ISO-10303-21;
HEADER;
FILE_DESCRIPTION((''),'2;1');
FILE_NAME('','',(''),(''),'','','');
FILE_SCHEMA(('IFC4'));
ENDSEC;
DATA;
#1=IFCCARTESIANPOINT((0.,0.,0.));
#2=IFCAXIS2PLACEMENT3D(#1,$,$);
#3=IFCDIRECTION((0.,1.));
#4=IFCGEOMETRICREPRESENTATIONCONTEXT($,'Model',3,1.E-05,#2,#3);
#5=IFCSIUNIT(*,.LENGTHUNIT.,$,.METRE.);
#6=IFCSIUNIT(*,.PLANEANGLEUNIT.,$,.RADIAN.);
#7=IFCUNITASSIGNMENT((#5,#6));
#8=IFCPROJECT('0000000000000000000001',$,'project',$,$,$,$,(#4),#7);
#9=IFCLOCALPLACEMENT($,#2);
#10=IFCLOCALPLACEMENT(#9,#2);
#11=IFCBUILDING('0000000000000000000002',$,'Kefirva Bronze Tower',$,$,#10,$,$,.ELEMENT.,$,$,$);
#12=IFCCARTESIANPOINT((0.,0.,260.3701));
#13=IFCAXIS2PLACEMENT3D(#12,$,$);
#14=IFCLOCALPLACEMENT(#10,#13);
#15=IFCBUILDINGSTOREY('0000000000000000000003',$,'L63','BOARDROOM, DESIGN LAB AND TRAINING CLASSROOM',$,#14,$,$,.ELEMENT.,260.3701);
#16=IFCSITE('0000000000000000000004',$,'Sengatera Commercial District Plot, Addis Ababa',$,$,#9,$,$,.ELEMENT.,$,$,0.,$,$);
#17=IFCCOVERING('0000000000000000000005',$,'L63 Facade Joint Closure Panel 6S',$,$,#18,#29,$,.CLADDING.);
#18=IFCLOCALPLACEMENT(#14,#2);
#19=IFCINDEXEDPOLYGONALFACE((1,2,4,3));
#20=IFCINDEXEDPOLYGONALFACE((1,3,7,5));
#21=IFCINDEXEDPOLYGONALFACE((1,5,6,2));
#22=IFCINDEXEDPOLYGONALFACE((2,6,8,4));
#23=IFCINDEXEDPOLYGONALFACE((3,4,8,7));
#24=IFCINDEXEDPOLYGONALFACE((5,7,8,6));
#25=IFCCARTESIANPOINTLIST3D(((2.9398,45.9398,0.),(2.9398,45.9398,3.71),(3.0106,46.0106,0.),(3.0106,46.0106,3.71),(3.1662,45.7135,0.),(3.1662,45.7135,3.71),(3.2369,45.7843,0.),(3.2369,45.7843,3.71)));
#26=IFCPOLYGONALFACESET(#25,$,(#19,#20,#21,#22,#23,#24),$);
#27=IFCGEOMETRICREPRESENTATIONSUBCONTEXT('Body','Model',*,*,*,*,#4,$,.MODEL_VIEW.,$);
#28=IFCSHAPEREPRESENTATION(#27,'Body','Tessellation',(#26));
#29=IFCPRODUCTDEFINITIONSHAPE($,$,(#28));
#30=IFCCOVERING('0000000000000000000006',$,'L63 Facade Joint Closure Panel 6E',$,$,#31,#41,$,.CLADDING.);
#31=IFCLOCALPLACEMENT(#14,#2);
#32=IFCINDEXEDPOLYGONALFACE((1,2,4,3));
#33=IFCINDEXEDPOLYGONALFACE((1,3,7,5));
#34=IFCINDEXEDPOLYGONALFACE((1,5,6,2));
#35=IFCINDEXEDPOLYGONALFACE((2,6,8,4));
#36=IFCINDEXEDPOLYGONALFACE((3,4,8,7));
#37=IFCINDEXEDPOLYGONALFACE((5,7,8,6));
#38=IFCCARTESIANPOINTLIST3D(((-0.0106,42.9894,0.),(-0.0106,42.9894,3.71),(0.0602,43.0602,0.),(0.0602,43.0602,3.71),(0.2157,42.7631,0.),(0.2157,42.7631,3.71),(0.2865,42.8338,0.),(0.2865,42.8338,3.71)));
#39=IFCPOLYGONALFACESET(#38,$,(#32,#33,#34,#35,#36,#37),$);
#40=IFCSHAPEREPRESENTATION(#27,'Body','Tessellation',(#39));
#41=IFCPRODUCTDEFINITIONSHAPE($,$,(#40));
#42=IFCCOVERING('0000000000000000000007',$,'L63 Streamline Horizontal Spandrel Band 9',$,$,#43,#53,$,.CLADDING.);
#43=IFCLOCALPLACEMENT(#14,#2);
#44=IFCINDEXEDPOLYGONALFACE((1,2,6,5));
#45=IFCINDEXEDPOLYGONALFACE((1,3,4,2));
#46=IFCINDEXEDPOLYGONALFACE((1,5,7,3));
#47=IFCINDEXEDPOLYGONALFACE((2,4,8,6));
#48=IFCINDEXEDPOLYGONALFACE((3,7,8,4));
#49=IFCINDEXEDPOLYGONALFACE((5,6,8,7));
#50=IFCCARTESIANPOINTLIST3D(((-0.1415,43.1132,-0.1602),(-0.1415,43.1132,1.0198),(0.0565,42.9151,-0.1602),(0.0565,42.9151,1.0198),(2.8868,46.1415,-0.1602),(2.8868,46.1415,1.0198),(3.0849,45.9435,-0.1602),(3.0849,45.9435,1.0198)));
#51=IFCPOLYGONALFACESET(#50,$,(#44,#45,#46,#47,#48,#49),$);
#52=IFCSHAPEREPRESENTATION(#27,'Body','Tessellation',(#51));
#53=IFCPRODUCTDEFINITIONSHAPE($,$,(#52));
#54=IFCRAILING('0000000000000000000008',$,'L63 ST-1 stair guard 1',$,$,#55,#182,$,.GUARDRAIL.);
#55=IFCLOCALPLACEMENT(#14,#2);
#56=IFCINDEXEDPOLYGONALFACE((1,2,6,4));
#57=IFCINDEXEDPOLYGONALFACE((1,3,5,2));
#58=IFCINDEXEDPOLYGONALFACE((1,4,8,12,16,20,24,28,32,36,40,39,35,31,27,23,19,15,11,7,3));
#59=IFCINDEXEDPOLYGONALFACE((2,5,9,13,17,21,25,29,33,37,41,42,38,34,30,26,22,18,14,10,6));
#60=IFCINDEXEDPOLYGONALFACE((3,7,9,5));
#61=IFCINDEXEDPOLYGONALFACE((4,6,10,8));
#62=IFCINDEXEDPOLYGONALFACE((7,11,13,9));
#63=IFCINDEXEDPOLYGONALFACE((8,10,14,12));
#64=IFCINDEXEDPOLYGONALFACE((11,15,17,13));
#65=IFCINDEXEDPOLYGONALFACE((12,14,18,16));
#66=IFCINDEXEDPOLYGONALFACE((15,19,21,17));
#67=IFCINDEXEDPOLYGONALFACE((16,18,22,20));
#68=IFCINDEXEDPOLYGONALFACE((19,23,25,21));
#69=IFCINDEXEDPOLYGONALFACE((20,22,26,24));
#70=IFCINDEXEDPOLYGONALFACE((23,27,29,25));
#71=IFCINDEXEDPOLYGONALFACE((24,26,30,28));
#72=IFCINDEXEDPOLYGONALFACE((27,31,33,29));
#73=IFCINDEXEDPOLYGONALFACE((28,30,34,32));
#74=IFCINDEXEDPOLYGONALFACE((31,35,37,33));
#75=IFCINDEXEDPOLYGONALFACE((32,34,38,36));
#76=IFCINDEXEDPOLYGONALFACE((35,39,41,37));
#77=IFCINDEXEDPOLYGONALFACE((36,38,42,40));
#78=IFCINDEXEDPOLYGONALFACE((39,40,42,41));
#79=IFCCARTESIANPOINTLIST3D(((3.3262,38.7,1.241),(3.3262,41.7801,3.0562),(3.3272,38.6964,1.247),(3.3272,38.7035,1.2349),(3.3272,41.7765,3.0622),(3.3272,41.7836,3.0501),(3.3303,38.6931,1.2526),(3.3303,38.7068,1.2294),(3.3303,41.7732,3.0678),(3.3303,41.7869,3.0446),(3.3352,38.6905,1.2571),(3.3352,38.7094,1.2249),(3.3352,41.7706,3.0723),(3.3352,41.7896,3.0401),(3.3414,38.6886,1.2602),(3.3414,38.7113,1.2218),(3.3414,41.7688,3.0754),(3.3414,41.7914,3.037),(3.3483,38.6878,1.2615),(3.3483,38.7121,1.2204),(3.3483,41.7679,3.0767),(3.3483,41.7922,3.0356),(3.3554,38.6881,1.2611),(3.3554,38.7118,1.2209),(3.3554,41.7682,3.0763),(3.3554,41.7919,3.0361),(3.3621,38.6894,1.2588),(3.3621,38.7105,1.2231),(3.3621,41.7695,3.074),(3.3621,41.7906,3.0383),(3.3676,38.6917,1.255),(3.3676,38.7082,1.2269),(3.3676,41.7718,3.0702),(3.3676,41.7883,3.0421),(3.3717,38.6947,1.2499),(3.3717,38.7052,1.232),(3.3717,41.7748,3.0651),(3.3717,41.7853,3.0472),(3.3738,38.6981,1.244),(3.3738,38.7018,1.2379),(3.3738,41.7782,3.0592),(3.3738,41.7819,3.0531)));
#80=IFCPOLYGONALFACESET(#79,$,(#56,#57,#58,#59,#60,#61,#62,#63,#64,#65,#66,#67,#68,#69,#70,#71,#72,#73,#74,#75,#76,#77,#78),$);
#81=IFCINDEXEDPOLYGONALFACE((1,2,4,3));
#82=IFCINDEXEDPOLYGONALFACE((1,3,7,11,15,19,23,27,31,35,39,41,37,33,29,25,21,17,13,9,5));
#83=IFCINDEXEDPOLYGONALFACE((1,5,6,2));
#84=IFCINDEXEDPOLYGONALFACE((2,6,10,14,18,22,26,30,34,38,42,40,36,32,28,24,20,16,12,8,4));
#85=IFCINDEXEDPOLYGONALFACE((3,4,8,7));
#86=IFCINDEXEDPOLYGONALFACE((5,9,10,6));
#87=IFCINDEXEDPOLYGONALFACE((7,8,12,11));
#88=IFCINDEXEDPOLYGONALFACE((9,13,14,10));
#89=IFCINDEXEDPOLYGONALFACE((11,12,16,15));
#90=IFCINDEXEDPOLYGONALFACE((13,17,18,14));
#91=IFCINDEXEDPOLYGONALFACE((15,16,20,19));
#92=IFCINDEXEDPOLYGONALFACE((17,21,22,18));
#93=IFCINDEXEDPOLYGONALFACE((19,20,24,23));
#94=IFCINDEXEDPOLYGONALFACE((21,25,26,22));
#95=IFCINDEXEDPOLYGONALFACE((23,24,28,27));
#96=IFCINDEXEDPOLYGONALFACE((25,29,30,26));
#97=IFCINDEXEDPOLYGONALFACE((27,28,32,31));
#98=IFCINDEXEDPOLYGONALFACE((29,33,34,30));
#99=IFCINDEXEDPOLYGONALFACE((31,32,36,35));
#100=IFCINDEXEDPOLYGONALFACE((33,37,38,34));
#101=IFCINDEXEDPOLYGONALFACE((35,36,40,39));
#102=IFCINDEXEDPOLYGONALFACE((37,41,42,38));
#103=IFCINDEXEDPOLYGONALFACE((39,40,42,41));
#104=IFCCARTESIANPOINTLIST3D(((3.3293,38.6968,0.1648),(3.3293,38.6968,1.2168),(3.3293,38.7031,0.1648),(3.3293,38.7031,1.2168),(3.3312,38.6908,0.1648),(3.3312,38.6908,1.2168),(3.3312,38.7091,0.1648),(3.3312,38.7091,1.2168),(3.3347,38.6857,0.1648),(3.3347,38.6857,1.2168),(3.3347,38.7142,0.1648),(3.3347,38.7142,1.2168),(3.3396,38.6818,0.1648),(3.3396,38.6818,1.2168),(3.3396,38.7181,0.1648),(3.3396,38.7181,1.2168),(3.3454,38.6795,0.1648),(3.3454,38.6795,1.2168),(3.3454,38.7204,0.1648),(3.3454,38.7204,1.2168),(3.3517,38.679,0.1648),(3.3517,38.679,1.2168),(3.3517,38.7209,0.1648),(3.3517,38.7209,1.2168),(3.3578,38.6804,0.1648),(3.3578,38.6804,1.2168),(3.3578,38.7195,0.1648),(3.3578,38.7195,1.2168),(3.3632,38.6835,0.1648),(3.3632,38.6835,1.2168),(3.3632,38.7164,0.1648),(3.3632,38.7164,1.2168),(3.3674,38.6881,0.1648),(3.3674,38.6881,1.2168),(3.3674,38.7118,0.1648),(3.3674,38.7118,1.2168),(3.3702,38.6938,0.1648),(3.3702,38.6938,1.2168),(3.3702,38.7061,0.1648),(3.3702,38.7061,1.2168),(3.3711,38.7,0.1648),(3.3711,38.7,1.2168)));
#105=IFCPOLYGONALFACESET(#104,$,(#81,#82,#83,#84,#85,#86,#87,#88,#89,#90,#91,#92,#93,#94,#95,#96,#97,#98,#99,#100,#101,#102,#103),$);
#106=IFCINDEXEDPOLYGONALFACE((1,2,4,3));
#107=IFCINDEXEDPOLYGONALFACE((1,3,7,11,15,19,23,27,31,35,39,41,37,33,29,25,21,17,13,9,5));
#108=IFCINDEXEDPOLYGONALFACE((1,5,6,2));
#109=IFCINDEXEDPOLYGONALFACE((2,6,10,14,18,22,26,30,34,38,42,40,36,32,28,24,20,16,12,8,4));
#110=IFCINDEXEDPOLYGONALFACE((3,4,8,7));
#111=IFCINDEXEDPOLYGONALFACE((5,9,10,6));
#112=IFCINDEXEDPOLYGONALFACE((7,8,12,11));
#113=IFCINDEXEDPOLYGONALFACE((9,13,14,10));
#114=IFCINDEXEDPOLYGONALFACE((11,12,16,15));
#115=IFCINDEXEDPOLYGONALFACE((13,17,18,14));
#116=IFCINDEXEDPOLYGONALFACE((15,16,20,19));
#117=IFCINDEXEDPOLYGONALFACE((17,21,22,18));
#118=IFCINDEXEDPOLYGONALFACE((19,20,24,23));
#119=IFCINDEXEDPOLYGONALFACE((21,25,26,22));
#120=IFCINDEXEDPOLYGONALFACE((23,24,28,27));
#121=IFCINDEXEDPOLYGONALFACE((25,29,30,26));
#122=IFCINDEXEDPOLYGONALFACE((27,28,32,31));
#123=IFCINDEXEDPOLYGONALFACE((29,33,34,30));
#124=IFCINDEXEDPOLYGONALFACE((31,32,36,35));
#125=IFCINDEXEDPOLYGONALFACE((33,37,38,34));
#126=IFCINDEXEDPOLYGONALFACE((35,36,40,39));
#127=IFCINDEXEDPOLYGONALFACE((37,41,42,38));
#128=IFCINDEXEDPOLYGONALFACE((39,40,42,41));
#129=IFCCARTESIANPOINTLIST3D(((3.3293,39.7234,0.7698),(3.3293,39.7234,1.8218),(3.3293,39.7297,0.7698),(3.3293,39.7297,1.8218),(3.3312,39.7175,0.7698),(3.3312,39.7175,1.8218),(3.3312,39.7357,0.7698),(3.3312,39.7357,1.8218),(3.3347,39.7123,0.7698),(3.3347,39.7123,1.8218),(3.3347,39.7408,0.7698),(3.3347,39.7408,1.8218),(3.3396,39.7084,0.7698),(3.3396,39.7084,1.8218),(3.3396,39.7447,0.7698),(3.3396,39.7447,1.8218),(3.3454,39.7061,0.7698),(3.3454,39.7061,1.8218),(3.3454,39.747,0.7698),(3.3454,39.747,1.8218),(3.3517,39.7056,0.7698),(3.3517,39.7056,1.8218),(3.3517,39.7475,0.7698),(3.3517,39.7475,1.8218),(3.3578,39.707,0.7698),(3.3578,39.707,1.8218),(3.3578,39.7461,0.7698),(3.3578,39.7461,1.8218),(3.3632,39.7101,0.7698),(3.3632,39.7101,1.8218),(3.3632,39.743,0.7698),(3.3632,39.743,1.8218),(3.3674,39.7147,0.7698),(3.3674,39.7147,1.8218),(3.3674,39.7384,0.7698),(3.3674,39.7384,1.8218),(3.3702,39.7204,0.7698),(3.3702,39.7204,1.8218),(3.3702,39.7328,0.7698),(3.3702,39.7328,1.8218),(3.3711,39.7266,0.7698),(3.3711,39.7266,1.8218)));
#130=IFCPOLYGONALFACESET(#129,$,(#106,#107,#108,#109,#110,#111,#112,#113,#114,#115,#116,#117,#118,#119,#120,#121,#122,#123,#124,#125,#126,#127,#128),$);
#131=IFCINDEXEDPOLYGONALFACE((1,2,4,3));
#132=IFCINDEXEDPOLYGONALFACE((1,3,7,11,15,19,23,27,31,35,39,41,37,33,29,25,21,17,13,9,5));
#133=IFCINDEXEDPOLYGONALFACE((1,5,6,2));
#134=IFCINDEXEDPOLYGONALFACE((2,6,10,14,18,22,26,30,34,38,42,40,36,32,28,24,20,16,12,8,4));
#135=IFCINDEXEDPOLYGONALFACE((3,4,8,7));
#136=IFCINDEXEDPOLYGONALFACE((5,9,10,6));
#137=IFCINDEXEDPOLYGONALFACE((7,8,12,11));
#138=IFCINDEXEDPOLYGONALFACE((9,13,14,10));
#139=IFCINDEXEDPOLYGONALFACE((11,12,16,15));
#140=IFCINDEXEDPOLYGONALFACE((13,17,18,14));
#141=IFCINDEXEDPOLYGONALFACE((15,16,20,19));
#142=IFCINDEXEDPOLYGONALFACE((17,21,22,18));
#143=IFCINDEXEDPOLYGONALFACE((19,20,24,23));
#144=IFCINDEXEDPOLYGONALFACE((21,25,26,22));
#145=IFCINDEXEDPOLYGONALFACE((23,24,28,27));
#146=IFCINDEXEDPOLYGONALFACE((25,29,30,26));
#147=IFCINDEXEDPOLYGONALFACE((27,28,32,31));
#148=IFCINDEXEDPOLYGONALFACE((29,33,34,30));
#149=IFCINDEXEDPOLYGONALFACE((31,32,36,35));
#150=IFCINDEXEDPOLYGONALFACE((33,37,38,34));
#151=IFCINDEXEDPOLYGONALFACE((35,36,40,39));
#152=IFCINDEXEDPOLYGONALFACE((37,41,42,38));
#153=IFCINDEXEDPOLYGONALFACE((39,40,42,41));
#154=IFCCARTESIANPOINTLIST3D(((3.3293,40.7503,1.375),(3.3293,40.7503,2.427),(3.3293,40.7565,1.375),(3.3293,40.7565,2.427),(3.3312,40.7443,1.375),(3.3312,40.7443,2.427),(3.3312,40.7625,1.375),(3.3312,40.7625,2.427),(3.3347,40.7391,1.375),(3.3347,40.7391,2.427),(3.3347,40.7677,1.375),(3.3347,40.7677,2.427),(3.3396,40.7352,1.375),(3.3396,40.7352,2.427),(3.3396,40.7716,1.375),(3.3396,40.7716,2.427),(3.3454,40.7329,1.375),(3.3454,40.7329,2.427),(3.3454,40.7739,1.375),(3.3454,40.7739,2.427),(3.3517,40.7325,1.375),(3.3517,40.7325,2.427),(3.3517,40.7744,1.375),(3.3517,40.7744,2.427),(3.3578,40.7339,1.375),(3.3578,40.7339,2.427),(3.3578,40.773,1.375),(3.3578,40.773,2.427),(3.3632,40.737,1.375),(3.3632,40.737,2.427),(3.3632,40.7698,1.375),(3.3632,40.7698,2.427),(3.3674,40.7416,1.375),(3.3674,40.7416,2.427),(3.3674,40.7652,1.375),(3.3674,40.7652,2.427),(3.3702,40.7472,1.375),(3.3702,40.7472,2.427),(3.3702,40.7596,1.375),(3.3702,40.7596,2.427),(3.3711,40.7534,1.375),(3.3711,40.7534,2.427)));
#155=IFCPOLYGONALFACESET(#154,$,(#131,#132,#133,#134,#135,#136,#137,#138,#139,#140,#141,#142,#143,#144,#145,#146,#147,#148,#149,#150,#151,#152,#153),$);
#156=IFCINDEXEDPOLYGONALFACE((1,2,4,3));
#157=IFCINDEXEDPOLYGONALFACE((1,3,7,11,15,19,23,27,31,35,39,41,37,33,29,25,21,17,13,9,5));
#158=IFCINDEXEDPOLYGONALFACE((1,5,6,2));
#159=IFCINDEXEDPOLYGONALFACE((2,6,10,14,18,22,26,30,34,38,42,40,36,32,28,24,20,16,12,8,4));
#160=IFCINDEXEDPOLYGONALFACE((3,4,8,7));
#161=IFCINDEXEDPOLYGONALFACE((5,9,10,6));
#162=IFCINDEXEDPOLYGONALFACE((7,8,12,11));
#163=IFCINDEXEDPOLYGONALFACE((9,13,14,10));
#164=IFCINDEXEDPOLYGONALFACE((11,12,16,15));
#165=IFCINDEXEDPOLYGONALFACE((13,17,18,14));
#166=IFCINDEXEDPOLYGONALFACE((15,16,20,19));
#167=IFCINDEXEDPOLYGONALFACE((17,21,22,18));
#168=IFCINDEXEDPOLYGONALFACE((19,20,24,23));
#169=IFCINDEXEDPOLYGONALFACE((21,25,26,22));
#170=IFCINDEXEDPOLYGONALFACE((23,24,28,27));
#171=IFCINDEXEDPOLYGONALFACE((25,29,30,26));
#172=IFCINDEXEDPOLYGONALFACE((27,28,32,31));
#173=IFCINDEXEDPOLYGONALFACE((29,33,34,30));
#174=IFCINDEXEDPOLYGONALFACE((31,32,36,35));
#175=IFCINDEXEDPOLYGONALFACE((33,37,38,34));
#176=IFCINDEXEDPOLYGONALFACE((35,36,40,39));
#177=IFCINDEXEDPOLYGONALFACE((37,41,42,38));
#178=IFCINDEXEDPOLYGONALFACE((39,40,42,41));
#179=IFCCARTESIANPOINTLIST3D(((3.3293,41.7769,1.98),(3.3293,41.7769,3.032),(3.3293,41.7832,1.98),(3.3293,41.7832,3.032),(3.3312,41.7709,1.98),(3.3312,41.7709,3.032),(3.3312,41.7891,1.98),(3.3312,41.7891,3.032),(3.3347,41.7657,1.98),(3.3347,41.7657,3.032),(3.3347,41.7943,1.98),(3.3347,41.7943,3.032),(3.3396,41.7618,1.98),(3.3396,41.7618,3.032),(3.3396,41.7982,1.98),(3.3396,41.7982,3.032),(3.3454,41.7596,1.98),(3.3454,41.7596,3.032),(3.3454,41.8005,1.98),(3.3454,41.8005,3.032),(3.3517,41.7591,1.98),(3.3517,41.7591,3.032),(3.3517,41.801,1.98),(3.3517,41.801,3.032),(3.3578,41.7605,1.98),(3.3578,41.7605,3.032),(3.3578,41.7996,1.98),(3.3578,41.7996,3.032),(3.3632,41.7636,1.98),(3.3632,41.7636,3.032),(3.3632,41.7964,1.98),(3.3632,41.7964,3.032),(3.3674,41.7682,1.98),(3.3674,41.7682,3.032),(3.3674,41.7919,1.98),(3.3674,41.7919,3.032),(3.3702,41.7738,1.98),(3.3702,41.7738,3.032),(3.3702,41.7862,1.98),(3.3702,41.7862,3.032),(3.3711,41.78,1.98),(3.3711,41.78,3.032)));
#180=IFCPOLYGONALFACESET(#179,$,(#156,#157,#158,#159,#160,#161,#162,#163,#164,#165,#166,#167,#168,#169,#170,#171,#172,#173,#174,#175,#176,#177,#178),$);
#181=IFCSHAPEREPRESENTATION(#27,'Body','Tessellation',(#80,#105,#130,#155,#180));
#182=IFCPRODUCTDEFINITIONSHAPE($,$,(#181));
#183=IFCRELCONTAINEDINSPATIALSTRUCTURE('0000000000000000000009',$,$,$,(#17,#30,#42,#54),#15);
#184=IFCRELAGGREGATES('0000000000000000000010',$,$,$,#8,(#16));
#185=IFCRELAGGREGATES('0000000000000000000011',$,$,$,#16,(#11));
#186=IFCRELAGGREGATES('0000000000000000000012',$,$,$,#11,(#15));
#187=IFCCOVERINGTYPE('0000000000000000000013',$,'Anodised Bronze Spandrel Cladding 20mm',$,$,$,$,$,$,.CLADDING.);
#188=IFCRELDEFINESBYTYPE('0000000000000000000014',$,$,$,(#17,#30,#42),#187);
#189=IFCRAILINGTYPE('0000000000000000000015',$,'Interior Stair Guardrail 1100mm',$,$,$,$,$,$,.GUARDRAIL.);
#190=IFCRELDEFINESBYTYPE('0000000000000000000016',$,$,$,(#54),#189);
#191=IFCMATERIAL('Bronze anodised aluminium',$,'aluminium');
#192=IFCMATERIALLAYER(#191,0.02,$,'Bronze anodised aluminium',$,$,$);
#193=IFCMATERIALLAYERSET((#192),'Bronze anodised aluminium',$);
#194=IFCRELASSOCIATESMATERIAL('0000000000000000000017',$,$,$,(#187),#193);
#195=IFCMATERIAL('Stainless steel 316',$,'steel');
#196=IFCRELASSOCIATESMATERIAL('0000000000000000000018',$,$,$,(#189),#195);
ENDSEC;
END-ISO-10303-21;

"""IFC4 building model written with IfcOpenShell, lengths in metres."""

from ifc_helpers import new_model, si_unit, direction, frame, origin, origin_2d, place, context, subcontext, project, spatial, rectangle, circle, extrude, material, layer, layer_set, type_object, element, save


model = new_model("IFC4")

# Units and contexts
model_context = context("Model", 3, precision=1e-05, world=origin(), true_north=direction((0.0, 1.0)))
body_context = subcontext(model_context, "Body", "Model", "MODEL_VIEW")
ifc_project = project(units=[si_unit("LENGTHUNIT", "METRE"), si_unit("PLANEANGLEUNIT", "RADIAN")], contexts=[model_context])

# Site, building, storey
site_placement = place(None, origin())
site = spatial("IfcSite", under=ifc_project, at=site_placement, Name="Sengatera Commercial District Plot, Addis Ababa", CompositionType="ELEMENT", RefElevation=0.0)
building_placement = place(site_placement, origin())
building = spatial("IfcBuilding", under=site, at=building_placement, Name="Kefirva Bronze Tower", CompositionType="ELEMENT")
storey_placement = place(building_placement, frame((0.0, 0.0, 260.3701)))
storey = spatial("IfcBuildingStorey", under=building, at=storey_placement, Name="L63", Description="BOARDROOM, DESIGN LAB AND TRAINING CLASSROOM", CompositionType="ELEMENT", Elevation=260.3701)

# Coverings
ifc_material_1 = material(Name="Bronze anodised aluminium", Category="aluminium")
ifc_layer_1 = layer(ifc_material_1, 0.02, Name="Bronze anodised aluminium")
ifc_layer_set_1 = layer_set([ifc_layer_1], Name="Bronze anodised aluminium")
covering_type_1 = type_object("IfcCoveringType", Name="Anodised Bronze Spandrel Cladding 20mm", PredefinedType="CLADDING", material=ifc_layer_set_1)
for number, where, z_axis, x_axis, name in (
    (1, (3.0884, 45.8621, 0.0), (0.0, 0.0, 1.0), (-0.707107, -0.707107, 0.0), "L63 Facade Joint Closure Panel 6S"),
    (2, (0.1379, 42.9116, 0.0), (0.0, 0.0, 1.0), (-0.707107, -0.707107, 0.0), "L63 Facade Joint Closure Panel 6E"),
):
    element("IfcCovering", number, at=place(storey_placement, frame(where, z_axis=z_axis, x_axis=x_axis)), inside=storey, type_object=covering_type_1, Name=name, PredefinedType="CLADDING", context=body_context, shape_type="SweptSolid", body=[
        extrude(rectangle(XDim=0.1001, YDim=0.3201, at=origin_2d()), origin(), (0.0, 0.0, 1.0), 3.71),
    ])
covering_1_placement = place(storey_placement, frame((1.4717, 44.5283, -0.1602), z_axis=(0.0, 0.0, 1.0), x_axis=(-0.707107, -0.707107, 0.0)))
element("IfcCovering", 3, at=covering_1_placement, inside=storey, type_object=covering_type_1, Name="L63 Streamline Horizontal Spandrel Band 9", PredefinedType="CLADDING", context=body_context, shape_type="SweptSolid", body=[
    extrude(rectangle(XDim=4.2827, YDim=0.28, at=origin_2d()), origin(), (0.0, 0.0, 1.0), 1.1799),
])

# Railing
ifc_material_2 = material(Name="Stainless steel 316", Category="steel")
railing_type_1 = type_object("IfcRailingType", Name="Interior Stair Guardrail 1100mm", PredefinedType="GUARDRAIL", material=ifc_material_2)
railing_1_placement = place(storey_placement, frame((3.3501, 38.7, 0.1648)))
element("IfcRailing", 4, at=railing_1_placement, inside=storey, type_object=railing_type_1, Name="L63 ST-1 stair guard 1", PredefinedType="GUARDRAIL", context=body_context, shape_type="SweptSolid", body=[
    extrude(circle(Radius=0.0239, at=origin_2d()), frame((0.0, 0.0, 1.0762), z_axis=(0.0, 0.861521, 0.507721), x_axis=(-1.0, 0.0, 0.0)), (0.0, 0.0, 1.0), 3.5752),
    extrude(circle(Radius=0.021, at=origin_2d()), origin(), (0.0, 0.0, 1.0), 1.052),
    extrude(circle(Radius=0.021, at=origin_2d()), frame((0.0, 1.0266, 0.605)), (0.0, 0.0, 1.0), 1.052),
    extrude(circle(Radius=0.021, at=origin_2d()), frame((0.0, 2.0535, 1.2102)), (0.0, 0.0, 1.0), 1.052),
    extrude(circle(Radius=0.021, at=origin_2d()), frame((0.0, 3.0801, 1.8152)), (0.0, 0.0, 1.0), 1.052),
])

save(model, "model.ifc")
